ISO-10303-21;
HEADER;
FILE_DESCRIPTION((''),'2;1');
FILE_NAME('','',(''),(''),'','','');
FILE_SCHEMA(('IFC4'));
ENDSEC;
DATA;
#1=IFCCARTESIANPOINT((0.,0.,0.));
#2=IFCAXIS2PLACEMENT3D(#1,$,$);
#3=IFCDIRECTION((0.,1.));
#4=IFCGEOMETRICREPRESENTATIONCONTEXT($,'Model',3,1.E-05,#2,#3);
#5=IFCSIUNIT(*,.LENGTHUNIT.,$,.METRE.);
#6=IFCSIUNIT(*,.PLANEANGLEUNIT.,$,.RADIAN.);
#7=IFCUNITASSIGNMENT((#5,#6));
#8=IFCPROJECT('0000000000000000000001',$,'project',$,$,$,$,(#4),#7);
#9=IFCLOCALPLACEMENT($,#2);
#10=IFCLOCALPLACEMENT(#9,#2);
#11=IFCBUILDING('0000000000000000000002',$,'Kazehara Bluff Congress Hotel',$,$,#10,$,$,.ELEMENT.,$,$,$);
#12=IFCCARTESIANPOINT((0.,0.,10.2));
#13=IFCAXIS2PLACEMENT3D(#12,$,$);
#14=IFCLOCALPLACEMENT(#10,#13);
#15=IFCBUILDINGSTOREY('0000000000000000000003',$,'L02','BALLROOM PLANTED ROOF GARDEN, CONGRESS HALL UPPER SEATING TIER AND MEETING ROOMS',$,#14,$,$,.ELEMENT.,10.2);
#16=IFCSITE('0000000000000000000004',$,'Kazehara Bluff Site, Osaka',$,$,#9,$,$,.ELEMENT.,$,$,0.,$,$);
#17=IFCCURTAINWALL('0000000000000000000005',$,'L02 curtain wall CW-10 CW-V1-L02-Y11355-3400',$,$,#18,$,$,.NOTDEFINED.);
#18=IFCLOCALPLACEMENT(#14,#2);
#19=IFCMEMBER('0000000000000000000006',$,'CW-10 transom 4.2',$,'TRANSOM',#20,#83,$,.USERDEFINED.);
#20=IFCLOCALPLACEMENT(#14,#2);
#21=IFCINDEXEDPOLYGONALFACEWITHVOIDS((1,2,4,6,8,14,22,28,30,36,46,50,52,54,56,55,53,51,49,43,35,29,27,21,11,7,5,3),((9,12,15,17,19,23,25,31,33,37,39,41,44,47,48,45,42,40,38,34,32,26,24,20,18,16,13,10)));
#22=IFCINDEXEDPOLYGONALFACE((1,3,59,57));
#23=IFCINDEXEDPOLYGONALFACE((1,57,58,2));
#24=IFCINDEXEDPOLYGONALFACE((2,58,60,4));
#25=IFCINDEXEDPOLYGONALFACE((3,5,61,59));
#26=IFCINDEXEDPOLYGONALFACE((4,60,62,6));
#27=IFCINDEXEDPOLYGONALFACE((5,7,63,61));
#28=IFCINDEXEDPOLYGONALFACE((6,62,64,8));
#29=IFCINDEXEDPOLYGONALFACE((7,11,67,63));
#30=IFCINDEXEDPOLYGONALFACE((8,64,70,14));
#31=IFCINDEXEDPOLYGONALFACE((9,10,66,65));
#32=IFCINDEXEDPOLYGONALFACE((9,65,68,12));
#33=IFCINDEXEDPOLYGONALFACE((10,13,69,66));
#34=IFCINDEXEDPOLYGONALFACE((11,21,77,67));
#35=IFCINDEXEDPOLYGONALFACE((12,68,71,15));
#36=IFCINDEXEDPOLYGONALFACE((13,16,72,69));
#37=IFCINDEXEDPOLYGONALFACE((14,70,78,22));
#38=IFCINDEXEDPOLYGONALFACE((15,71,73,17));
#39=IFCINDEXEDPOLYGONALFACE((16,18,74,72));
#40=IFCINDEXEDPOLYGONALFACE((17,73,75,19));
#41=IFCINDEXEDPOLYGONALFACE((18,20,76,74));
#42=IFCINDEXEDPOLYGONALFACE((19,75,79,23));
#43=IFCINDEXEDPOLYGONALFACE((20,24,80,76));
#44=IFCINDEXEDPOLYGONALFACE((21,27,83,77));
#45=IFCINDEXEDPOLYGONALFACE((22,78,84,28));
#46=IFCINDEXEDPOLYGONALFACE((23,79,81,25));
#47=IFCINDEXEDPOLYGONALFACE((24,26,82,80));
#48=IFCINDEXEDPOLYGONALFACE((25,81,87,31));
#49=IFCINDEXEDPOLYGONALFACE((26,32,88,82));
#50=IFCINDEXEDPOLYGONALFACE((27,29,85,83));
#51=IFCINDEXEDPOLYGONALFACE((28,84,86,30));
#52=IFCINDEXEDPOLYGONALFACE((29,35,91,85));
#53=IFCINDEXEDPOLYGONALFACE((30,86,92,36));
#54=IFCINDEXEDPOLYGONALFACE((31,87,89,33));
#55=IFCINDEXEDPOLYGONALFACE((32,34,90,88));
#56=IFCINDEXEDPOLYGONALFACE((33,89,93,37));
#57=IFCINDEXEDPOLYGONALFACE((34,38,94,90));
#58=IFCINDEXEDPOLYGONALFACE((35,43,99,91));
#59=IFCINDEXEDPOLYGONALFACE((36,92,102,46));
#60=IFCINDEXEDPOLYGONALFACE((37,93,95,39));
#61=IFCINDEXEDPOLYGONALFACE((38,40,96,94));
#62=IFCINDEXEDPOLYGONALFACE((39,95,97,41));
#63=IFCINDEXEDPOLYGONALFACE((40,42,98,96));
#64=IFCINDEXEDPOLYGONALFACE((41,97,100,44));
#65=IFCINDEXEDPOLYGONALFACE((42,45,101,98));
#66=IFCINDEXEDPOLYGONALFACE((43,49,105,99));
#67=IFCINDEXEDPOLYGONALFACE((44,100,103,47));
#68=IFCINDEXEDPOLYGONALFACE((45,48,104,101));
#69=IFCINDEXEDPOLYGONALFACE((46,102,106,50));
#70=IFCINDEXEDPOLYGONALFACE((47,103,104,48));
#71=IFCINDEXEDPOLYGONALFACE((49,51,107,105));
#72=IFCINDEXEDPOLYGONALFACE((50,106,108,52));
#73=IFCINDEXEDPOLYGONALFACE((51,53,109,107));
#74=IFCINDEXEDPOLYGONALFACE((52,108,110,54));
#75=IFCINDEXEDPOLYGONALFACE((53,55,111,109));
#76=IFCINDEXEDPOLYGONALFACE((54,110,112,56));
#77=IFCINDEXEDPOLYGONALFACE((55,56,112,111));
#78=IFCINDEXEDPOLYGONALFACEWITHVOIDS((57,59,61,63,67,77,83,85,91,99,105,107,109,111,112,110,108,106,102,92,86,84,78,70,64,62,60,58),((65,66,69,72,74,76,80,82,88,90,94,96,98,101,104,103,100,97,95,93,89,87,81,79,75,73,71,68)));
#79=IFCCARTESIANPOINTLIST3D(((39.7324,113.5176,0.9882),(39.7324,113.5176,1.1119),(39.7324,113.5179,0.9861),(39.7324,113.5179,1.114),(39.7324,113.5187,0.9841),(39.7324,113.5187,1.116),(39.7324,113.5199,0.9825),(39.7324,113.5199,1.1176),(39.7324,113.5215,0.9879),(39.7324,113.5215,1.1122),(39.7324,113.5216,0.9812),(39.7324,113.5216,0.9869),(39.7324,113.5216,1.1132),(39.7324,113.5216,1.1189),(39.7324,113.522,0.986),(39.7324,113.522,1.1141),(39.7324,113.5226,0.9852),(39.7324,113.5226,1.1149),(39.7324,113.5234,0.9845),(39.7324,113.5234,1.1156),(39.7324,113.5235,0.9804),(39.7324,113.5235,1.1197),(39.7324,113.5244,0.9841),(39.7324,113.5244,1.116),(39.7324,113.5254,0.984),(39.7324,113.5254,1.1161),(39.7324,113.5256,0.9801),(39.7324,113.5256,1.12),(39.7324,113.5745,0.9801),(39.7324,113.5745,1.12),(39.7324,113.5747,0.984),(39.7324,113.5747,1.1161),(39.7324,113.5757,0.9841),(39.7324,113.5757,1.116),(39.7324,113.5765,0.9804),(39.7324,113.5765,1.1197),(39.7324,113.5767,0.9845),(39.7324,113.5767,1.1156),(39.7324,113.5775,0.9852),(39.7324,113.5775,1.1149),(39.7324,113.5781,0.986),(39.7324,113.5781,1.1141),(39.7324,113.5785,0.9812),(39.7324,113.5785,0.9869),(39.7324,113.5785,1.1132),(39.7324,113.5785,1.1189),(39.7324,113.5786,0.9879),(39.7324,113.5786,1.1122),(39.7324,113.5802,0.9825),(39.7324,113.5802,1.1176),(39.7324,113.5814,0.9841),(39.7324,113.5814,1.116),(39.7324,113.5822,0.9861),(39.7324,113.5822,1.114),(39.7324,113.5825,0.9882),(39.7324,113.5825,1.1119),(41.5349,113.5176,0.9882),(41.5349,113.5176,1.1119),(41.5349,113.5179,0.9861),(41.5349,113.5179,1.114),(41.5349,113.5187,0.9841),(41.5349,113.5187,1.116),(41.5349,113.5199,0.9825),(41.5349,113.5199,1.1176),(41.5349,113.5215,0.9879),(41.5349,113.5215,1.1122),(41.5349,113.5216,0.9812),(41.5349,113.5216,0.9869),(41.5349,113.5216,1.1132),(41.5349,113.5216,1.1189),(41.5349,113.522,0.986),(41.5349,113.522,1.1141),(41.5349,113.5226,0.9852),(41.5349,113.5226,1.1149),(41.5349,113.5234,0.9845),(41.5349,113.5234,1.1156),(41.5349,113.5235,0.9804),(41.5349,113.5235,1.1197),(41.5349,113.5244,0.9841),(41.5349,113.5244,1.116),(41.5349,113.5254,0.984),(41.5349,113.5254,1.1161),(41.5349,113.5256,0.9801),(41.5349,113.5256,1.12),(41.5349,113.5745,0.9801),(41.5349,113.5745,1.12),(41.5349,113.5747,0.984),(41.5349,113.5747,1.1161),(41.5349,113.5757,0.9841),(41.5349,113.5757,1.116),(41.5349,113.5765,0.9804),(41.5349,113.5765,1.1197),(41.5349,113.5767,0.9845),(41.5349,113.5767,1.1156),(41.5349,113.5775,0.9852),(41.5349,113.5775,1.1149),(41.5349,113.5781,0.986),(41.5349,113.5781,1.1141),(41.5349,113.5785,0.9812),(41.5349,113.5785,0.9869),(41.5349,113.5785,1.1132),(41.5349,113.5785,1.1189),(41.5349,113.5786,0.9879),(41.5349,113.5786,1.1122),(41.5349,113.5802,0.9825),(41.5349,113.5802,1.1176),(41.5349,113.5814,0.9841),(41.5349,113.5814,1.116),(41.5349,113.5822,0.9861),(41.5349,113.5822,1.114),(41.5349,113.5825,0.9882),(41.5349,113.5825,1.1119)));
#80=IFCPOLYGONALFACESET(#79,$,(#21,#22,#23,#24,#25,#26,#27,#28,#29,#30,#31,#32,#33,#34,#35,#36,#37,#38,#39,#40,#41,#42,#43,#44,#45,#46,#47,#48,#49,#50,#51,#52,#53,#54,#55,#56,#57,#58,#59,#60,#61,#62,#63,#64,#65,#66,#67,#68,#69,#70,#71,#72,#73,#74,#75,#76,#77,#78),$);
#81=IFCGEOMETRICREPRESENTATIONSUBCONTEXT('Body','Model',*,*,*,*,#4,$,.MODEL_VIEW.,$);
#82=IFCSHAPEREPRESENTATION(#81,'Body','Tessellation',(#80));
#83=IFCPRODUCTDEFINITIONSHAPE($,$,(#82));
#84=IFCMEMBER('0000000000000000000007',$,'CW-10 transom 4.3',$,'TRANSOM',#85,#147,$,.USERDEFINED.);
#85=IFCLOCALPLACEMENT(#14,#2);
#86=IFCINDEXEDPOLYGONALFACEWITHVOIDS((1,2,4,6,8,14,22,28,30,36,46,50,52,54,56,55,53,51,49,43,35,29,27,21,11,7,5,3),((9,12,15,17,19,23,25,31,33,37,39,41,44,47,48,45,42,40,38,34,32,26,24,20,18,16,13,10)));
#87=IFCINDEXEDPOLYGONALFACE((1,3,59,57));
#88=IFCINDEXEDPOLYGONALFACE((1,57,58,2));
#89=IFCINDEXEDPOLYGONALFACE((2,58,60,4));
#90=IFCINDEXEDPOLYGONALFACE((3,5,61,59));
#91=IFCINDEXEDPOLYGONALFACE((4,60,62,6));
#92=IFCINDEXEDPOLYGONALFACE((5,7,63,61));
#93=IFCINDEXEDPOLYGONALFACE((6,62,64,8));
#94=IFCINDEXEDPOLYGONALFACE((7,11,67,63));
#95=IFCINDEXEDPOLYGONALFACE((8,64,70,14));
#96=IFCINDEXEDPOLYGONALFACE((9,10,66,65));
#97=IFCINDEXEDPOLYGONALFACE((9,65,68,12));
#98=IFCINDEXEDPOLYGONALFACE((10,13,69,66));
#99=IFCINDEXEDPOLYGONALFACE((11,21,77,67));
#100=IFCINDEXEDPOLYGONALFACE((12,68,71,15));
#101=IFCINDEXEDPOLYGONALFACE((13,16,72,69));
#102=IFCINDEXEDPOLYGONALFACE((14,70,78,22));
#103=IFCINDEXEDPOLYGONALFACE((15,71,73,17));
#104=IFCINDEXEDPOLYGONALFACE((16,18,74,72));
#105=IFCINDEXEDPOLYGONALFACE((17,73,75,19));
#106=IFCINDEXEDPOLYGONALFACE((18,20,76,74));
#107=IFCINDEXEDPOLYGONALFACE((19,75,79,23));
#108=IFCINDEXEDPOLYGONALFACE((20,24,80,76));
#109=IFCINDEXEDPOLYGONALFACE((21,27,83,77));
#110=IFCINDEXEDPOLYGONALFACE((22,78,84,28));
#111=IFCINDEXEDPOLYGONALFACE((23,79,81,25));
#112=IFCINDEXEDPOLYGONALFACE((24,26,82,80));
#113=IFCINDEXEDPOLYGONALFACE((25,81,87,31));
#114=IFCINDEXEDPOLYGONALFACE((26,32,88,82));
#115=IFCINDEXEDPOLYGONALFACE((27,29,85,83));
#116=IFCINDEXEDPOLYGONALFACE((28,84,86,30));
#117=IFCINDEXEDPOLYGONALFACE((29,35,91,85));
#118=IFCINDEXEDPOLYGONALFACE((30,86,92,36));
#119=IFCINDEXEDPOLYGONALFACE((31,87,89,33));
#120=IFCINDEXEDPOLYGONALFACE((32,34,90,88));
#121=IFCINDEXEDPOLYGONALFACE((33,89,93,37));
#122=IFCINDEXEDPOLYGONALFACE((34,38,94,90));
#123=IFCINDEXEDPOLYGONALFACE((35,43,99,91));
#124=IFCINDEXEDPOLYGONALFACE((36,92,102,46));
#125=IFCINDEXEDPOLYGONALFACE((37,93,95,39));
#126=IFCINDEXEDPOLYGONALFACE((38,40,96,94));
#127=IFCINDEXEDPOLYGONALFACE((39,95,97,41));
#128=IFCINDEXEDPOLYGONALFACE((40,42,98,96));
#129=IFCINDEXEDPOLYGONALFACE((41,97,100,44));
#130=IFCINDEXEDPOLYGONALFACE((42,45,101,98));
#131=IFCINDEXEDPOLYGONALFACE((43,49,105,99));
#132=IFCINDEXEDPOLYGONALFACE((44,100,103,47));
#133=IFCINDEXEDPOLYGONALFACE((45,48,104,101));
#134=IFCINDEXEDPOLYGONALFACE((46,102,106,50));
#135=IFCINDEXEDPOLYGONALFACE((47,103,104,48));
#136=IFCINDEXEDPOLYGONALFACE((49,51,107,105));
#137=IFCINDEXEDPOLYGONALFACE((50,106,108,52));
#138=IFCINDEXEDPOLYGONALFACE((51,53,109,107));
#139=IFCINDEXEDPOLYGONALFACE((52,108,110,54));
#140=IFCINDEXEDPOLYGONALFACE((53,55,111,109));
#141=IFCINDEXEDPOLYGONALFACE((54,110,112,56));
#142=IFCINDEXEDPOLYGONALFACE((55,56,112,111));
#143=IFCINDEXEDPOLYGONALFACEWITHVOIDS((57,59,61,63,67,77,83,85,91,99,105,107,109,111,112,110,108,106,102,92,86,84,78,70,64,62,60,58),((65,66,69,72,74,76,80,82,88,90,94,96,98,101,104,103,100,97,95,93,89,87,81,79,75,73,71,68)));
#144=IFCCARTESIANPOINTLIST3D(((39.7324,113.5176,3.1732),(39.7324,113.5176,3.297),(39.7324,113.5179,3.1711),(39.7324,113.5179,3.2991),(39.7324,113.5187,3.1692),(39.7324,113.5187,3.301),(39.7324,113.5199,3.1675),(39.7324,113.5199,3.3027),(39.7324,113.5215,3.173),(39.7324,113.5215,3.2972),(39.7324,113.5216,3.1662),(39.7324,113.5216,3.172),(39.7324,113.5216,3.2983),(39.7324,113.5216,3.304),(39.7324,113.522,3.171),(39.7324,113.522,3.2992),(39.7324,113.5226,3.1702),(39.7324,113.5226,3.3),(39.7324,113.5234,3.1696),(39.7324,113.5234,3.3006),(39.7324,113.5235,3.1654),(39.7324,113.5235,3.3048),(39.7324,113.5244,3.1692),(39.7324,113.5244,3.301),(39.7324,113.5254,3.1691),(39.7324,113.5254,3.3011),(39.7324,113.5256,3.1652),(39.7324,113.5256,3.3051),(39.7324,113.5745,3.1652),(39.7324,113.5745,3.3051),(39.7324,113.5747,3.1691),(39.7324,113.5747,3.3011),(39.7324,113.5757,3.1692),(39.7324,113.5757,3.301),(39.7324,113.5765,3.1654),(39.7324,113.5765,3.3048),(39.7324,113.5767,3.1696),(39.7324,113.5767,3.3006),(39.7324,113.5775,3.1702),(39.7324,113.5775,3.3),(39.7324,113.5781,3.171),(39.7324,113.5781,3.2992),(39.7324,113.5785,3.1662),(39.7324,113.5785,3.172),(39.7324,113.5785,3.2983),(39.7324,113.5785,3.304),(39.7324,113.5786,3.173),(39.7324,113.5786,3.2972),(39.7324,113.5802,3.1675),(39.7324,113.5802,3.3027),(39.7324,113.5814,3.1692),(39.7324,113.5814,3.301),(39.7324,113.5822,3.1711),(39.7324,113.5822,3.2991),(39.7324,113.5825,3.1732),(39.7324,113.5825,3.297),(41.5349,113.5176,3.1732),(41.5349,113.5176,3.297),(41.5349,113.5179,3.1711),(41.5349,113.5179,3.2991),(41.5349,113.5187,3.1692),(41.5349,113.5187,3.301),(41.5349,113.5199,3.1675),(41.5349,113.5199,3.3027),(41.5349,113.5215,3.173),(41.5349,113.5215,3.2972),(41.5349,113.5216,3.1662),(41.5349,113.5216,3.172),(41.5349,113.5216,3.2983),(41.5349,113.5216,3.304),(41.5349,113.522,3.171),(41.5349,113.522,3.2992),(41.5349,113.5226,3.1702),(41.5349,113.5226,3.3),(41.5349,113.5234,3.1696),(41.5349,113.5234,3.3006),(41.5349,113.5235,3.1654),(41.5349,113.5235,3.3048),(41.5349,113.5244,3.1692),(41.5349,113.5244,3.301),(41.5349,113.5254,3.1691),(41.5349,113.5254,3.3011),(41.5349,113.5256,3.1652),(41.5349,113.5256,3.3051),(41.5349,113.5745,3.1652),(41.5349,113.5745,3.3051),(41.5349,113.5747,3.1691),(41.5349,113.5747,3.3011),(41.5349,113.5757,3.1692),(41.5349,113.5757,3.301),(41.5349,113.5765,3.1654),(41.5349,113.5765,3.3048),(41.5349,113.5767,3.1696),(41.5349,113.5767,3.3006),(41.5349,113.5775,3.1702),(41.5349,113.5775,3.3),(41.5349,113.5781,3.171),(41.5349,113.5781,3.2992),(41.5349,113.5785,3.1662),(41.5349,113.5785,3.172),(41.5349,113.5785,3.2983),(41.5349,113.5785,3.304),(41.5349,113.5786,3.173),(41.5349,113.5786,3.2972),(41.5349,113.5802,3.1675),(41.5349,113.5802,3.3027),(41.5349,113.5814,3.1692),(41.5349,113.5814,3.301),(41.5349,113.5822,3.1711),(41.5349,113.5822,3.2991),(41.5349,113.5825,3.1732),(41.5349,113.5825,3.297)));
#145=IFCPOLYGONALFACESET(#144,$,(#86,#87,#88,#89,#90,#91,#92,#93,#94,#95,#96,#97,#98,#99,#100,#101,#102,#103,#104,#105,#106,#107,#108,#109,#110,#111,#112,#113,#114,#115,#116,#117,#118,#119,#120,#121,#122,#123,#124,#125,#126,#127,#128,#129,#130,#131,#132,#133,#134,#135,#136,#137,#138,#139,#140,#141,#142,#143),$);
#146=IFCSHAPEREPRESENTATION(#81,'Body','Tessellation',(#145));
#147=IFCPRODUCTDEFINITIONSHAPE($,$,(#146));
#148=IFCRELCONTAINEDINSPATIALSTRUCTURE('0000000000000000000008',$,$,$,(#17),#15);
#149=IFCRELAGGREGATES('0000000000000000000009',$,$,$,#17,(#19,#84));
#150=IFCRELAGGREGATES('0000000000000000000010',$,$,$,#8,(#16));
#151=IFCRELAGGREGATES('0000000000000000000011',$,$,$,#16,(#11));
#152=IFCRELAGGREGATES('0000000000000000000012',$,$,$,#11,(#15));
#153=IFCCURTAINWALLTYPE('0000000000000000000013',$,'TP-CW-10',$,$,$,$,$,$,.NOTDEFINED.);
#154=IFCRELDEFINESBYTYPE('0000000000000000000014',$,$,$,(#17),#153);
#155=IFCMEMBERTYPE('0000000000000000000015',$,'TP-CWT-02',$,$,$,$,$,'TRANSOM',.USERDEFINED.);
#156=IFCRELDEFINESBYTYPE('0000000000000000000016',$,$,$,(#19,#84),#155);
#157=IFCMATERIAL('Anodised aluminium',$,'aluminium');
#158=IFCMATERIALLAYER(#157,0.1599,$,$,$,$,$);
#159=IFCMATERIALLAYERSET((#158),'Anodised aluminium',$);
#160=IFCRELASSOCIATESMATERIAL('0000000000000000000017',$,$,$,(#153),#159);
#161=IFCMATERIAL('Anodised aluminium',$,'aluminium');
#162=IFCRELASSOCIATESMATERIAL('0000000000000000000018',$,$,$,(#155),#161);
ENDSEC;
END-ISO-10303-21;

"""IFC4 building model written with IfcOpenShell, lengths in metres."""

from ifc_helpers import new_model, si_unit, direction, frame, origin, origin_2d, place, context, subcontext, project, spatial, hollow_rectangle, extrude, material, layer, layer_set, material_profile, profile_set, type_object, element, aggregate, save


model = new_model("IFC4")

# Units and contexts
model_context = context("Model", 3, precision=1e-05, world=origin(), true_north=direction((0.0, 1.0)))
body_context = subcontext(model_context, "Body", "Model", "MODEL_VIEW")
ifc_project = project(units=[si_unit("LENGTHUNIT", "METRE"), si_unit("PLANEANGLEUNIT", "RADIAN")], contexts=[model_context])

# Site, building, storey
site_placement = place(None, origin())
site = spatial("IfcSite", under=ifc_project, at=site_placement, Name="Kazehara Bluff Site, Osaka", CompositionType="ELEMENT", RefElevation=0.0)
building_placement = place(site_placement, origin())
building = spatial("IfcBuilding", under=site, at=building_placement, Name="Kazehara Bluff Congress Hotel", CompositionType="ELEMENT")
storey_placement = place(building_placement, frame((0.0, 0.0, 10.2)))
storey = spatial("IfcBuildingStorey", under=building, at=storey_placement, Name="L02", Description="BALLROOM PLANTED ROOF GARDEN, CONGRESS HALL UPPER SEATING TIER AND MEETING ROOMS", CompositionType="ELEMENT", Elevation=10.2)

# Curtain wall, members
ifc_material_1 = material(Name="Anodised aluminium", Category="aluminium")
ifc_layer_1 = layer(ifc_material_1, 0.1599)
ifc_layer_set_1 = layer_set([ifc_layer_1], Name="Anodised aluminium")
curtain_wall_type = type_object("IfcCurtainWallType", Name="TP-CW-10", PredefinedType="NOTDEFINED", material=ifc_layer_set_1)
curtain_wall_placement = place(storey_placement, origin())
curtain_wall = element("IfcCurtainWall", 1, at=curtain_wall_placement, inside=storey, type_object=curtain_wall_type, Name="L02 curtain wall CW-10 CW-V1-L02-Y11355-3400", PredefinedType="NOTDEFINED")
ifc_material_2 = material(Name="Anodised aluminium", Category="aluminium")
ifc_material_profile_1 = material_profile(ifc_material_2, hollow_rectangle(XDim=0.0649, YDim=0.1399, WallThickness=0.0039, InnerFilletRadius=0.0039, OuterFilletRadius=0.0081, at=origin_2d()))
ifc_profile_set_1 = profile_set([ifc_material_profile_1], Name="Anodised aluminium")
member_type_1 = type_object("IfcMemberType", Name="TP-CWT-02", ElementType="TRANSOM", PredefinedType="USERDEFINED", material=ifc_profile_set_1)
member_1_placement = place(storey_placement, frame((39.7324, 113.55, 1.05), z_axis=(1.0, 0.0, 0.0), x_axis=(0.0, 1.0, 0.0)))
member_1 = element("IfcMember", 2, at=member_1_placement, type_object=member_type_1, Name="CW-10 transom 4.2", ObjectType="TRANSOM", PredefinedType="USERDEFINED", context=body_context, shape_type="SweptSolid", body=[
    extrude(hollow_rectangle(XDim=0.0649, YDim=0.1399, WallThickness=0.0039, InnerFilletRadius=0.0039, OuterFilletRadius=0.0081, at=origin_2d()), origin(), (0.0, 0.0, 1.0), 1.8025),
])
member_2_placement = place(storey_placement, frame((39.7324, 113.55, 3.2351), z_axis=(1.0, 0.0, 0.0), x_axis=(0.0, 1.0, 0.0)))
member_2 = element("IfcMember", 3, at=member_2_placement, type_object=member_type_1, Name="CW-10 transom 4.3", ObjectType="TRANSOM", PredefinedType="USERDEFINED", context=body_context, shape_type="SweptSolid", body=[
    extrude(hollow_rectangle(XDim=0.0649, YDim=0.1399, WallThickness=0.0039, InnerFilletRadius=0.0039, OuterFilletRadius=0.0081, at=origin_2d()), origin(), (0.0, 0.0, 1.0), 1.8025),
])
aggregate(curtain_wall, [member_1, member_2])

save(model, "model.ifc")
